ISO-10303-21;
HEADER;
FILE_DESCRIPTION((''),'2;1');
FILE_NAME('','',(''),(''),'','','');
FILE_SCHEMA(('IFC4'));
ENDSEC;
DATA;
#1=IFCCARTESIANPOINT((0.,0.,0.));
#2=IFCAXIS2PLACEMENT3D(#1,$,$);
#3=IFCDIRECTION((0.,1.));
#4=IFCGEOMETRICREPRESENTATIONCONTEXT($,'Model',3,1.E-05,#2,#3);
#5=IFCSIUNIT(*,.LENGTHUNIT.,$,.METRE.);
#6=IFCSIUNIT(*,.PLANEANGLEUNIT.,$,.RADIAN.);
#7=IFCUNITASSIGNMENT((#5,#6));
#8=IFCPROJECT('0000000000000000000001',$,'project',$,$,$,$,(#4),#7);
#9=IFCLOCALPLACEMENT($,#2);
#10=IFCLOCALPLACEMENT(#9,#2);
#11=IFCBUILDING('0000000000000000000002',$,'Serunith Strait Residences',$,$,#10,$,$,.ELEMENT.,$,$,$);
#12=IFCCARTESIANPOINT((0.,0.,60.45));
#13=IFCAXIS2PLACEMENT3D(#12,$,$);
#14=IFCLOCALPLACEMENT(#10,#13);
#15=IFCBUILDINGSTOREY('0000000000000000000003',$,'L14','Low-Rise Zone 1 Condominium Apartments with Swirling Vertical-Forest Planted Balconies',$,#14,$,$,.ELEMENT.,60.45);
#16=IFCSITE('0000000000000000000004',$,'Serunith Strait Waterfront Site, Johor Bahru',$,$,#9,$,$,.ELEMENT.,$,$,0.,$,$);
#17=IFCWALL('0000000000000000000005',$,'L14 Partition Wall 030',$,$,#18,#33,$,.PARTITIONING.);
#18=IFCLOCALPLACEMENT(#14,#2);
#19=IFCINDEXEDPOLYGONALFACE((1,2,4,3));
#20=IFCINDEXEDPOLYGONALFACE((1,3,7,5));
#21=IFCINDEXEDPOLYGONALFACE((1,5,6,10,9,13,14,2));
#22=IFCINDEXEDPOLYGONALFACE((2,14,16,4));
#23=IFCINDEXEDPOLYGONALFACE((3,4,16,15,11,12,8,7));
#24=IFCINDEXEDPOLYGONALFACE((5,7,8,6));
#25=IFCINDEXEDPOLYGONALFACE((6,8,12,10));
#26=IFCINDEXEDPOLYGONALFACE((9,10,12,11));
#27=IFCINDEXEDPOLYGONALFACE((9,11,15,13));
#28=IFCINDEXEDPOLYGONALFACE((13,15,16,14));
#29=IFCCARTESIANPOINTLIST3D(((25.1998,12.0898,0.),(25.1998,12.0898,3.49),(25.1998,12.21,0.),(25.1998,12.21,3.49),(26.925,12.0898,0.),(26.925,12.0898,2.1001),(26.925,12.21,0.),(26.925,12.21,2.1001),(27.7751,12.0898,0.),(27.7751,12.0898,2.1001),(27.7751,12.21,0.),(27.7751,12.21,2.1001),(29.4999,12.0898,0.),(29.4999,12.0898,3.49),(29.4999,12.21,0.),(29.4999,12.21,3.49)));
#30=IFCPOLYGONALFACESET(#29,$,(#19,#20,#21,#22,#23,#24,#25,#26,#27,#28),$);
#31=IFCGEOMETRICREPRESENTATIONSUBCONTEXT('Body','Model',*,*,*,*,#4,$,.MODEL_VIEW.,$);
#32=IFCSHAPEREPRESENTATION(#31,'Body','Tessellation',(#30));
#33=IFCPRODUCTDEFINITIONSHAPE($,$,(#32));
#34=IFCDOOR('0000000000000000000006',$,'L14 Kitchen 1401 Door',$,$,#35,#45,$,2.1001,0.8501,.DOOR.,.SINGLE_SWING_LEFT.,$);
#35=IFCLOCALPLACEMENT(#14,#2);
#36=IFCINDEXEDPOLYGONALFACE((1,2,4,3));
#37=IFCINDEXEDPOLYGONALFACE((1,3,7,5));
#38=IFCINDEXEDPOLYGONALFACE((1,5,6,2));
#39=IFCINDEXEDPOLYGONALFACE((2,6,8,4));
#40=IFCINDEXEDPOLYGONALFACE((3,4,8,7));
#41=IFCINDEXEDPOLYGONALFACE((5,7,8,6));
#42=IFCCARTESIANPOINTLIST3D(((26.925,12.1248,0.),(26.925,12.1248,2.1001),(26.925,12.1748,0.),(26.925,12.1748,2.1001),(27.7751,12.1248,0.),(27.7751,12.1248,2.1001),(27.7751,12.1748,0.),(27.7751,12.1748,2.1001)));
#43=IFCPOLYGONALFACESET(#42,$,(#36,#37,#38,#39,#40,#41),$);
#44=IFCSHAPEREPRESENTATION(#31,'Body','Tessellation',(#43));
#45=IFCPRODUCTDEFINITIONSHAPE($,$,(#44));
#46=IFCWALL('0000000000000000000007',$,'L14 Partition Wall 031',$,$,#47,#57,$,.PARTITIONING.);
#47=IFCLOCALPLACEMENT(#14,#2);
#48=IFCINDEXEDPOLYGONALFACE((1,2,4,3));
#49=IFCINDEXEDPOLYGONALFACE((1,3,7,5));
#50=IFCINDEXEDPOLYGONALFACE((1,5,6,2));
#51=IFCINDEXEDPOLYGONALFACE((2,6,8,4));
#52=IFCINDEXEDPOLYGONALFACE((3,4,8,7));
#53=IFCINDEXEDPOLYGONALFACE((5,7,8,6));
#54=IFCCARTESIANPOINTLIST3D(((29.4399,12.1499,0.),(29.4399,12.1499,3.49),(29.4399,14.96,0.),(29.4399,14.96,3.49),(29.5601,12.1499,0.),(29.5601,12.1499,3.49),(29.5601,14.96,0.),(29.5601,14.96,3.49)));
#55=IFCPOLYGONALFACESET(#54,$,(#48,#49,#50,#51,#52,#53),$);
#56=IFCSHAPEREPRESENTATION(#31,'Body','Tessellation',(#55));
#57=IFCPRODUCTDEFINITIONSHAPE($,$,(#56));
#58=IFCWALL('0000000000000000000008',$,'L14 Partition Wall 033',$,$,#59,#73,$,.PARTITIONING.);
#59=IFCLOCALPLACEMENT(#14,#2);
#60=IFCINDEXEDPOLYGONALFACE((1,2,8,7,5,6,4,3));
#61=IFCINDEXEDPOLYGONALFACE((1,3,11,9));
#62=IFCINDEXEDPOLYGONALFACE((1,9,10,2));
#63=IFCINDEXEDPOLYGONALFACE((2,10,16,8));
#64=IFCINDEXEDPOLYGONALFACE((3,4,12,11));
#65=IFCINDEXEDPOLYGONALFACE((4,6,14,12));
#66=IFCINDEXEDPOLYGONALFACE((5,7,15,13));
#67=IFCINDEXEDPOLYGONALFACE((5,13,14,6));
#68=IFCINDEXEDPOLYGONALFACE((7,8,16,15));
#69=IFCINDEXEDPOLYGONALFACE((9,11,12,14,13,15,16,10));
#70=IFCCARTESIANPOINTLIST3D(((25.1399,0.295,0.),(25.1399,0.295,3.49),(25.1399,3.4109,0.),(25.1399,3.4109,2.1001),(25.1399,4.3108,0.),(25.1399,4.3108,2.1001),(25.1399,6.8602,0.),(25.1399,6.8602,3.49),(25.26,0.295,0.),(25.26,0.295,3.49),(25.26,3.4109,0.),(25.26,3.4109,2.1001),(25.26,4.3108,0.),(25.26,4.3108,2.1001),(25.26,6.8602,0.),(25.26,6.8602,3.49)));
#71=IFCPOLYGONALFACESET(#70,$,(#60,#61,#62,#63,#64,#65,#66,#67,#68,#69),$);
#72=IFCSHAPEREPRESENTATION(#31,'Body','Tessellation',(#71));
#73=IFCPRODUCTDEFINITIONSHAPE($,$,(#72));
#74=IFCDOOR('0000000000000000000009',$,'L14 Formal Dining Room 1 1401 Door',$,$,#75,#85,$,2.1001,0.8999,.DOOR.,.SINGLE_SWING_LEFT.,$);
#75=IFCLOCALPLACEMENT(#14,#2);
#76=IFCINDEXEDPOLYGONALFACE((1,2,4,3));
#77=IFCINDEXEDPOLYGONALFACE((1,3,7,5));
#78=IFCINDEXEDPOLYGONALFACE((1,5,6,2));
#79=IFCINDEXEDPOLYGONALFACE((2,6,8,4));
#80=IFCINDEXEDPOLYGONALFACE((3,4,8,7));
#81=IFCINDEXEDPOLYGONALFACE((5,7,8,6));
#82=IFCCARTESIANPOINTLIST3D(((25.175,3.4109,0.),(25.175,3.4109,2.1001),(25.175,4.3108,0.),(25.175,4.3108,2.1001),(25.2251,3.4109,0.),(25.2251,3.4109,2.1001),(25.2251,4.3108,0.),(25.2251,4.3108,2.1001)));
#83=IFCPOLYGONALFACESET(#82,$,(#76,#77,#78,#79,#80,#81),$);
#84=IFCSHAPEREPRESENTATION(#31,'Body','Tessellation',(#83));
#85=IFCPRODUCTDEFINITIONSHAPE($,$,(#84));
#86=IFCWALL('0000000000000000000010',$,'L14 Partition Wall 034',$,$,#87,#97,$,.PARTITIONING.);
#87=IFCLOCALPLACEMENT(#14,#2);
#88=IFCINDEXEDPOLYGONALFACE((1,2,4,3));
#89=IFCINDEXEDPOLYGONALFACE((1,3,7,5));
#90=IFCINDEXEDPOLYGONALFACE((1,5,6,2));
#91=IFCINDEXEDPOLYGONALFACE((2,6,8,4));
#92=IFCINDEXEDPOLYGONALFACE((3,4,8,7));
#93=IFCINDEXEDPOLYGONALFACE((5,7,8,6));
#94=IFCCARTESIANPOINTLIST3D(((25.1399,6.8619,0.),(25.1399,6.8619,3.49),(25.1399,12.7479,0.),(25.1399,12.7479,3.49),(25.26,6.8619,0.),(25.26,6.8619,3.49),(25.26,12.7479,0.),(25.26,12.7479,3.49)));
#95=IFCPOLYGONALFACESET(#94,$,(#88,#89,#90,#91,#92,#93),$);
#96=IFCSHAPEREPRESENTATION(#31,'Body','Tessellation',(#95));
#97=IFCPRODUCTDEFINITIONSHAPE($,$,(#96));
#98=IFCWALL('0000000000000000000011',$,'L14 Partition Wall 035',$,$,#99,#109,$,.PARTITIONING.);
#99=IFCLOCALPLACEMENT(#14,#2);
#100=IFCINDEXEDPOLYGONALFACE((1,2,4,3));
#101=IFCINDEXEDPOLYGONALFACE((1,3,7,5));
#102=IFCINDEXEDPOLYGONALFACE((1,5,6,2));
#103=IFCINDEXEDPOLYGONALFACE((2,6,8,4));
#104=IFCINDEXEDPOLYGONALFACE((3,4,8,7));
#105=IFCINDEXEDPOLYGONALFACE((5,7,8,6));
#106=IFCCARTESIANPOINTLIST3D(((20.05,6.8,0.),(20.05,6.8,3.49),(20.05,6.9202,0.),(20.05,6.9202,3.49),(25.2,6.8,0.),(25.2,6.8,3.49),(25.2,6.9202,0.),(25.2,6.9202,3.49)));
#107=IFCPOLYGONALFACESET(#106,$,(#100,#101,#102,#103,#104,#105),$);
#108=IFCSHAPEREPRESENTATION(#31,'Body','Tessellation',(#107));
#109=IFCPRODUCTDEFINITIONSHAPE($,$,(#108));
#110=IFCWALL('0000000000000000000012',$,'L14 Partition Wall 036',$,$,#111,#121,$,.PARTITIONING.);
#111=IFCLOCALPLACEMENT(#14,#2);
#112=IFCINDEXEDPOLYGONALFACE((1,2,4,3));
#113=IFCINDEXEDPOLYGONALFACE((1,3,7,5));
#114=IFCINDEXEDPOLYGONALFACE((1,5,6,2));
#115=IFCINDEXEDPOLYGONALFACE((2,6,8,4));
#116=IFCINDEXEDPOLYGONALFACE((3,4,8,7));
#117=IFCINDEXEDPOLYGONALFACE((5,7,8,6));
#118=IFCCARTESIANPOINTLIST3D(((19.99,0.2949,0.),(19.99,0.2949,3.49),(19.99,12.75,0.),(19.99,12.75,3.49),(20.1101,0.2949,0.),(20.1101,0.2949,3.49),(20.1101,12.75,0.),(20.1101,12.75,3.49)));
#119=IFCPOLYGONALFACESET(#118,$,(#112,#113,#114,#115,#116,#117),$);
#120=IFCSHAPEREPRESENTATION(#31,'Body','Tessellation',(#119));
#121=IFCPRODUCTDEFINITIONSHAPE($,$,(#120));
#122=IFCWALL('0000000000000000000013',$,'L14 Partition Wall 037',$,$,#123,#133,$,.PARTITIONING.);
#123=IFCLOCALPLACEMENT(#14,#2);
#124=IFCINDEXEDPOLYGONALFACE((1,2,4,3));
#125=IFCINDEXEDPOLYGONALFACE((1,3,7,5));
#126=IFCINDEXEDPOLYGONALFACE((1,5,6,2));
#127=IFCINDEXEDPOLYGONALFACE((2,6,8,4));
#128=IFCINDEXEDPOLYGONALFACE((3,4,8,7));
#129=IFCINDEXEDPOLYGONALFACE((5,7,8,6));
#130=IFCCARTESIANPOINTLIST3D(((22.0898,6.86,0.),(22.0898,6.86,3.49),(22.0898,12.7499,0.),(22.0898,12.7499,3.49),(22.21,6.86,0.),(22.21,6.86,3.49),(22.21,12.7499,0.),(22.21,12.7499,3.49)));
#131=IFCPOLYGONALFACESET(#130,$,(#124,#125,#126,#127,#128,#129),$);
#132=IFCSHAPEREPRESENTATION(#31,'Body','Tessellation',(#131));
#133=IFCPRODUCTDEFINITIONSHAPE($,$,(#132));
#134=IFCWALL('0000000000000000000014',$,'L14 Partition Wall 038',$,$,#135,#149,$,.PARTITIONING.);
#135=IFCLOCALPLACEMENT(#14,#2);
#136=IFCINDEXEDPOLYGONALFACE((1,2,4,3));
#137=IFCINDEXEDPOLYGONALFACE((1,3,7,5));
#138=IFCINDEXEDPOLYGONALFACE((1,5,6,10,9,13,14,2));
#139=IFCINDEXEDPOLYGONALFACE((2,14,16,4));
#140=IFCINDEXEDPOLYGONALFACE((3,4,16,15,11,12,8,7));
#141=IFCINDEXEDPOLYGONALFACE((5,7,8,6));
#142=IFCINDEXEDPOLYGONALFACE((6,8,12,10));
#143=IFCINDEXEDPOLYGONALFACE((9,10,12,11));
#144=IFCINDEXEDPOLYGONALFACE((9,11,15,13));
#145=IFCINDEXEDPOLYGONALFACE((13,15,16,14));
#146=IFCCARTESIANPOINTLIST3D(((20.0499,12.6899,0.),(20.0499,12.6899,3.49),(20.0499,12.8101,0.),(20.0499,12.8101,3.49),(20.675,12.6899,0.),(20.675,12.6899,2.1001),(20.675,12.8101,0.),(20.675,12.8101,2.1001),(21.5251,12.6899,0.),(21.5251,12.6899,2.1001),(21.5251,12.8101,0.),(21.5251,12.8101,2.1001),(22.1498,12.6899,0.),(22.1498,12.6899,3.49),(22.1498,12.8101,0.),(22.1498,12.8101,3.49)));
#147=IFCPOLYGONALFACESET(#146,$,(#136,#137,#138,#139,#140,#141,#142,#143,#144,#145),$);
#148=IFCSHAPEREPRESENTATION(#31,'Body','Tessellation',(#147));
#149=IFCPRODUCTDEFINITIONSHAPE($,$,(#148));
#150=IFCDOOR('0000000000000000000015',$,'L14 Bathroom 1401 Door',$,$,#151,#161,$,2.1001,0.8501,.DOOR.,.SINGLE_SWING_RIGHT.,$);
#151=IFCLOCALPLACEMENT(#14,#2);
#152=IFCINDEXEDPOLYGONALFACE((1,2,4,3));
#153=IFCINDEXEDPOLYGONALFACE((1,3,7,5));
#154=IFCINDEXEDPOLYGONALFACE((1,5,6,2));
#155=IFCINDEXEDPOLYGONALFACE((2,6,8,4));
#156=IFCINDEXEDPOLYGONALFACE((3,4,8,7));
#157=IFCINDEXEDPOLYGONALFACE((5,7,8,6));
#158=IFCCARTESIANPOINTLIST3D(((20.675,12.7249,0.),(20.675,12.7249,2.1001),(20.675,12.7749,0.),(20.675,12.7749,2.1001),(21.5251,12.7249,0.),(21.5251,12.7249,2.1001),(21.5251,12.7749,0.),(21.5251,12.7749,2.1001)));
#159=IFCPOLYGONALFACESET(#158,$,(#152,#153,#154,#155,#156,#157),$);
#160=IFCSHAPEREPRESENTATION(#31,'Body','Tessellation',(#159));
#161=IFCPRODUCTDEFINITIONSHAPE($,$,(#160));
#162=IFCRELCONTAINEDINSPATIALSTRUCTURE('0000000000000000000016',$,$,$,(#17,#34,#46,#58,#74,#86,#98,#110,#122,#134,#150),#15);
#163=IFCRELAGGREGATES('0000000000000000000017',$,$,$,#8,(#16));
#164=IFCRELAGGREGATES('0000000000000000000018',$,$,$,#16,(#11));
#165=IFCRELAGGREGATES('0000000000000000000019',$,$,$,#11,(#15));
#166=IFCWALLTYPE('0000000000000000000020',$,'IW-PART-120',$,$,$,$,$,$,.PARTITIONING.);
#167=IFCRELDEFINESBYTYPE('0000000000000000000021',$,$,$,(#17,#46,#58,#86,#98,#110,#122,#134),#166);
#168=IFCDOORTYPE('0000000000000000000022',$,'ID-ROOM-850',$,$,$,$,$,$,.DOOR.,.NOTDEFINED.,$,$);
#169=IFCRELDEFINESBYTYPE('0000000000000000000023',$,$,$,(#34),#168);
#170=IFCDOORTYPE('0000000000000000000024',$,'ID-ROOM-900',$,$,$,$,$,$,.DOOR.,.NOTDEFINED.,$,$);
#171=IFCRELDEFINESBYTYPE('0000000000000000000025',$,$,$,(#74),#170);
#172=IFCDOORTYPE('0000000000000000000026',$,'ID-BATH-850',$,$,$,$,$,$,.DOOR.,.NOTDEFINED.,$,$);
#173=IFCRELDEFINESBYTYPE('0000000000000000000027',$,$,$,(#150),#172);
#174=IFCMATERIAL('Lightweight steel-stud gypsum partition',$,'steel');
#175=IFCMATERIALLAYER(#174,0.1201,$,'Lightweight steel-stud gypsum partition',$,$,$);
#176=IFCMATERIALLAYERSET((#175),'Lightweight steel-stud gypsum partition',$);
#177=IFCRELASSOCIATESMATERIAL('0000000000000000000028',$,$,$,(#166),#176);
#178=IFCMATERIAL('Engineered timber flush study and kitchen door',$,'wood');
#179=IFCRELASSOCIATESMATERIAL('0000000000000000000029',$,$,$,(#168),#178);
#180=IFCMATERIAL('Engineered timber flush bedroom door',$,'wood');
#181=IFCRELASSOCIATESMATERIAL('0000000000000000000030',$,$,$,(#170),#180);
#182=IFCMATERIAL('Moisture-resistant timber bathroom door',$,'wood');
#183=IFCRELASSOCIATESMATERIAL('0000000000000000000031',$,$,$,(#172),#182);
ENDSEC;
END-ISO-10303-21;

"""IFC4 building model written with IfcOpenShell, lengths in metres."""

from ifc_helpers import new_model, si_unit, direction, frame, frame_2d, origin, place, context, subcontext, project, spatial, rectangle, extrude, source, transform, mapped, material, layer, layer_set, type_object, element, fill, save


model = new_model("IFC4")

# Units and contexts
model_context = context("Model", 3, precision=1e-05, world=origin(), true_north=direction((0.0, 1.0)))
body_context = subcontext(model_context, "Body", "Model", "MODEL_VIEW")
ifc_project = project(units=[si_unit("LENGTHUNIT", "METRE"), si_unit("PLANEANGLEUNIT", "RADIAN")], contexts=[model_context])

# Site, building, storey
site_placement = place(None, origin())
site = spatial("IfcSite", under=ifc_project, at=site_placement, Name="Serunith Strait Waterfront Site, Johor Bahru", CompositionType="ELEMENT", RefElevation=0.0)
building_placement = place(site_placement, origin())
building = spatial("IfcBuilding", under=site, at=building_placement, Name="Serunith Strait Residences", CompositionType="ELEMENT")
storey_placement = place(building_placement, frame((0.0, 0.0, 60.45)))
storey = spatial("IfcBuildingStorey", under=building, at=storey_placement, Name="L14", Description="Low-Rise Zone 1 Condominium Apartments with Swirling Vertical-Forest Planted Balconies", CompositionType="ELEMENT", Elevation=60.45)

# Wall, opening, door
ifc_material_1 = material(Name="Lightweight steel-stud gypsum partition", Category="steel")
ifc_layer_1 = layer(ifc_material_1, 0.1201, Name="Lightweight steel-stud gypsum partition")
ifc_layer_set_1 = layer_set([ifc_layer_1], Name="Lightweight steel-stud gypsum partition")
wall_type = type_object("IfcWallType", Name="IW-PART-120", PredefinedType="PARTITIONING", material=ifc_layer_set_1)
wall_1_placement = place(storey_placement, frame((25.2, 12.1499, 0.0), z_axis=(0.0, 0.0, 1.0), x_axis=(1.0, 0.0, 0.0)))
wall_1 = element("IfcWall", 1, at=wall_1_placement, inside=storey, type_object=wall_type, Name="L14 Partition Wall 030", PredefinedType="PARTITIONING", context=body_context, shape_type="SweptSolid", body=[
    extrude(rectangle(XDim=4.3, YDim=0.1201, at=frame_2d((2.1499, 0.0))), origin(), (0.0, 0.0, 1.0), 3.49),
])
opening_1_placement = place(wall_1_placement, frame((1.7251, 0.0, 0.0)))
opening_1 = element("IfcOpeningElement", 2, at=opening_1_placement, cuts=wall_1, PredefinedType="OPENING", context=body_context, shape_type="SweptSolid", body=[
    extrude(rectangle(XDim=0.8501, YDim=2.1001, at=frame_2d((0.425, 1.05))), frame((0.0, 0.0701, 0.0), z_axis=(0.0, -1.0, 0.0), x_axis=(1.0, 0.0, 0.0)), (0.0, 0.0, 1.0), 0.1401),
])
ifc_material_2 = material(Name="Engineered timber flush study and kitchen door", Category="wood")
door_type_1 = type_object("IfcDoorType", Name="ID-ROOM-850", OperationType="NOTDEFINED", PredefinedType="DOOR", material=ifc_material_2)
shared_shape_1 = source(origin(), body_context, "Body", "SweptSolid", [
    extrude(rectangle(XDim=0.8501, YDim=2.1001, at=frame_2d((0.425, 1.05))), frame((0.0, 0.0249, 0.0), z_axis=(0.0, -1.0, 0.0), x_axis=(1.0, 0.0, 0.0)), (0.0, 0.0, 1.0), 0.05),
])
door_1_placement = place(opening_1_placement, origin())
door_1 = element("IfcDoor", 3, at=door_1_placement, inside=storey, type_object=door_type_1, Name="L14 Kitchen 1401 Door", OperationType="SINGLE_SWING_LEFT", OverallHeight=2.1001, OverallWidth=0.8501, PredefinedType="DOOR", context=body_context, shape_type="MappedRepresentation", body=[
    mapped(shared_shape_1, transform((0.0, 0.0, 0.0), scale=1.0)),
])
fill(opening_1, door_1)

# Wall
wall_2_placement = place(storey_placement, frame((29.5, 12.1499, 0.0), z_axis=(0.0, 0.0, 1.0), x_axis=(0.0, 1.0, 0.0)))
element("IfcWall", 4, at=wall_2_placement, inside=storey, type_object=wall_type, Name="L14 Partition Wall 031", PredefinedType="PARTITIONING", context=body_context, shape_type="SweptSolid", body=[
    extrude(rectangle(XDim=2.8101, YDim=0.1201, at=frame_2d((1.405, 0.0))), origin(), (0.0, 0.0, 1.0), 3.49),
])

# Wall, opening, door
wall_3_placement = place(storey_placement, frame((25.2, 0.2949, 0.0), z_axis=(0.0, 0.0, 1.0), x_axis=(0.0, 1.0, 0.0)))
wall_3 = element("IfcWall", 5, at=wall_3_placement, inside=storey, type_object=wall_type, Name="L14 Partition Wall 033", PredefinedType="PARTITIONING", context=body_context, shape_type="SweptSolid", body=[
    extrude(rectangle(XDim=6.5652, YDim=0.1201, at=frame_2d((3.2827, 0.0))), origin(), (0.0, 0.0, 1.0), 3.49),
])
opening_2_placement = place(wall_3_placement, frame((3.116, 0.0, 0.0)))
opening_2 = element("IfcOpeningElement", 6, at=opening_2_placement, cuts=wall_3, PredefinedType="OPENING", context=body_context, shape_type="SweptSolid", body=[
    extrude(rectangle(XDim=0.8999, YDim=2.1001, at=frame_2d((0.45, 1.05))), frame((0.0, 0.0701, 0.0), z_axis=(0.0, -1.0, 0.0), x_axis=(1.0, 0.0, 0.0)), (0.0, 0.0, 1.0), 0.1401),
])
ifc_material_3 = material(Name="Engineered timber flush bedroom door", Category="wood")
door_type_2 = type_object("IfcDoorType", Name="ID-ROOM-900", OperationType="NOTDEFINED", PredefinedType="DOOR", material=ifc_material_3)
shared_shape_2 = source(origin(), body_context, "Body", "SweptSolid", [
    extrude(rectangle(XDim=0.8999, YDim=2.1001, at=frame_2d((0.45, 1.05))), frame((0.0, 0.0249, 0.0), z_axis=(0.0, -1.0, 0.0), x_axis=(1.0, 0.0, 0.0)), (0.0, 0.0, 1.0), 0.05),
])
door_2_placement = place(opening_2_placement, origin())
door_2 = element("IfcDoor", 7, at=door_2_placement, inside=storey, type_object=door_type_2, Name="L14 Formal Dining Room 1 1401 Door", OperationType="SINGLE_SWING_LEFT", OverallHeight=2.1001, OverallWidth=0.8999, PredefinedType="DOOR", context=body_context, shape_type="MappedRepresentation", body=[
    mapped(shared_shape_2, transform((0.0, 0.0, 0.0), scale=1.0)),
])
fill(opening_2, door_2)

# Walls
wall_4_placement = place(storey_placement, frame((25.2, 6.8621, 0.0), z_axis=(0.0, 0.0, 1.0), x_axis=(0.0, 1.0, 0.0)))
element("IfcWall", 8, at=wall_4_placement, inside=storey, type_object=wall_type, Name="L14 Partition Wall 034", PredefinedType="PARTITIONING", context=body_context, shape_type="SweptSolid", body=[
    extrude(rectangle(XDim=5.886, YDim=0.1201, at=frame_2d((2.9429, 0.0))), origin(), (0.0, 0.0, 1.0), 3.49),
])
wall_5_placement = place(storey_placement, frame((20.05, 6.8601, 0.0), z_axis=(0.0, 0.0, 1.0), x_axis=(1.0, 0.0, 0.0)))
element("IfcWall", 9, at=wall_5_placement, inside=storey, type_object=wall_type, Name="L14 Partition Wall 035", PredefinedType="PARTITIONING", context=body_context, shape_type="SweptSolid", body=[
    extrude(rectangle(XDim=5.1499, YDim=0.1201, at=frame_2d((2.575, 0.0))), origin(), (0.0, 0.0, 1.0), 3.49),
])
wall_6_placement = place(storey_placement, frame((20.05, 0.2949, 0.0), z_axis=(0.0, 0.0, 1.0), x_axis=(0.0, 1.0, 0.0)))
element("IfcWall", 10, at=wall_6_placement, inside=storey, type_object=wall_type, Name="L14 Partition Wall 036", PredefinedType="PARTITIONING", context=body_context, shape_type="SweptSolid", body=[
    extrude(rectangle(XDim=12.4551, YDim=0.1201, at=frame_2d((6.2275, 0.0))), origin(), (0.0, 0.0, 1.0), 3.49),
])
wall_7_placement = place(storey_placement, frame((22.1499, 6.8601, 0.0), z_axis=(0.0, 0.0, 1.0), x_axis=(0.0, 1.0, 0.0)))
element("IfcWall", 11, at=wall_7_placement, inside=storey, type_object=wall_type, Name="L14 Partition Wall 037", PredefinedType="PARTITIONING", context=body_context, shape_type="SweptSolid", body=[
    extrude(rectangle(XDim=5.8899, YDim=0.1201, at=frame_2d((2.9448, 0.0))), origin(), (0.0, 0.0, 1.0), 3.49),
])

# Wall, opening, door
wall_8_placement = place(storey_placement, frame((20.05, 12.75, 0.0), z_axis=(0.0, 0.0, 1.0), x_axis=(1.0, 0.0, 0.0)))
wall_8 = element("IfcWall", 12, at=wall_8_placement, inside=storey, type_object=wall_type, Name="L14 Partition Wall 038", PredefinedType="PARTITIONING", context=body_context, shape_type="SweptSolid", body=[
    extrude(rectangle(XDim=2.0999, YDim=0.1201, at=frame_2d((1.0498, 0.0))), origin(), (0.0, 0.0, 1.0), 3.49),
])
opening_3_placement = place(wall_8_placement, frame((0.625, 0.0, 0.0)))
opening_3 = element("IfcOpeningElement", 13, at=opening_3_placement, cuts=wall_8, PredefinedType="OPENING", context=body_context, shape_type="SweptSolid", body=[
    extrude(rectangle(XDim=0.8501, YDim=2.1001, at=frame_2d((0.425, 1.05))), frame((0.0, 0.0701, 0.0), z_axis=(0.0, -1.0, 0.0), x_axis=(1.0, 0.0, 0.0)), (0.0, 0.0, 1.0), 0.1401),
])
ifc_material_4 = material(Name="Moisture-resistant timber bathroom door", Category="wood")
door_type_3 = type_object("IfcDoorType", Name="ID-BATH-850", OperationType="NOTDEFINED", PredefinedType="DOOR", material=ifc_material_4)
door_3_placement = place(opening_3_placement, origin())
door_3 = element("IfcDoor", 14, at=door_3_placement, inside=storey, type_object=door_type_3, Name="L14 Bathroom 1401 Door", OperationType="SINGLE_SWING_RIGHT", OverallHeight=2.1001, OverallWidth=0.8501, PredefinedType="DOOR", context=body_context, shape_type="MappedRepresentation", body=[
    mapped(shared_shape_1, transform((0.0, 0.0, 0.0), scale=1.0)),
])
fill(opening_3, door_3)

save(model, "model.ifc")
